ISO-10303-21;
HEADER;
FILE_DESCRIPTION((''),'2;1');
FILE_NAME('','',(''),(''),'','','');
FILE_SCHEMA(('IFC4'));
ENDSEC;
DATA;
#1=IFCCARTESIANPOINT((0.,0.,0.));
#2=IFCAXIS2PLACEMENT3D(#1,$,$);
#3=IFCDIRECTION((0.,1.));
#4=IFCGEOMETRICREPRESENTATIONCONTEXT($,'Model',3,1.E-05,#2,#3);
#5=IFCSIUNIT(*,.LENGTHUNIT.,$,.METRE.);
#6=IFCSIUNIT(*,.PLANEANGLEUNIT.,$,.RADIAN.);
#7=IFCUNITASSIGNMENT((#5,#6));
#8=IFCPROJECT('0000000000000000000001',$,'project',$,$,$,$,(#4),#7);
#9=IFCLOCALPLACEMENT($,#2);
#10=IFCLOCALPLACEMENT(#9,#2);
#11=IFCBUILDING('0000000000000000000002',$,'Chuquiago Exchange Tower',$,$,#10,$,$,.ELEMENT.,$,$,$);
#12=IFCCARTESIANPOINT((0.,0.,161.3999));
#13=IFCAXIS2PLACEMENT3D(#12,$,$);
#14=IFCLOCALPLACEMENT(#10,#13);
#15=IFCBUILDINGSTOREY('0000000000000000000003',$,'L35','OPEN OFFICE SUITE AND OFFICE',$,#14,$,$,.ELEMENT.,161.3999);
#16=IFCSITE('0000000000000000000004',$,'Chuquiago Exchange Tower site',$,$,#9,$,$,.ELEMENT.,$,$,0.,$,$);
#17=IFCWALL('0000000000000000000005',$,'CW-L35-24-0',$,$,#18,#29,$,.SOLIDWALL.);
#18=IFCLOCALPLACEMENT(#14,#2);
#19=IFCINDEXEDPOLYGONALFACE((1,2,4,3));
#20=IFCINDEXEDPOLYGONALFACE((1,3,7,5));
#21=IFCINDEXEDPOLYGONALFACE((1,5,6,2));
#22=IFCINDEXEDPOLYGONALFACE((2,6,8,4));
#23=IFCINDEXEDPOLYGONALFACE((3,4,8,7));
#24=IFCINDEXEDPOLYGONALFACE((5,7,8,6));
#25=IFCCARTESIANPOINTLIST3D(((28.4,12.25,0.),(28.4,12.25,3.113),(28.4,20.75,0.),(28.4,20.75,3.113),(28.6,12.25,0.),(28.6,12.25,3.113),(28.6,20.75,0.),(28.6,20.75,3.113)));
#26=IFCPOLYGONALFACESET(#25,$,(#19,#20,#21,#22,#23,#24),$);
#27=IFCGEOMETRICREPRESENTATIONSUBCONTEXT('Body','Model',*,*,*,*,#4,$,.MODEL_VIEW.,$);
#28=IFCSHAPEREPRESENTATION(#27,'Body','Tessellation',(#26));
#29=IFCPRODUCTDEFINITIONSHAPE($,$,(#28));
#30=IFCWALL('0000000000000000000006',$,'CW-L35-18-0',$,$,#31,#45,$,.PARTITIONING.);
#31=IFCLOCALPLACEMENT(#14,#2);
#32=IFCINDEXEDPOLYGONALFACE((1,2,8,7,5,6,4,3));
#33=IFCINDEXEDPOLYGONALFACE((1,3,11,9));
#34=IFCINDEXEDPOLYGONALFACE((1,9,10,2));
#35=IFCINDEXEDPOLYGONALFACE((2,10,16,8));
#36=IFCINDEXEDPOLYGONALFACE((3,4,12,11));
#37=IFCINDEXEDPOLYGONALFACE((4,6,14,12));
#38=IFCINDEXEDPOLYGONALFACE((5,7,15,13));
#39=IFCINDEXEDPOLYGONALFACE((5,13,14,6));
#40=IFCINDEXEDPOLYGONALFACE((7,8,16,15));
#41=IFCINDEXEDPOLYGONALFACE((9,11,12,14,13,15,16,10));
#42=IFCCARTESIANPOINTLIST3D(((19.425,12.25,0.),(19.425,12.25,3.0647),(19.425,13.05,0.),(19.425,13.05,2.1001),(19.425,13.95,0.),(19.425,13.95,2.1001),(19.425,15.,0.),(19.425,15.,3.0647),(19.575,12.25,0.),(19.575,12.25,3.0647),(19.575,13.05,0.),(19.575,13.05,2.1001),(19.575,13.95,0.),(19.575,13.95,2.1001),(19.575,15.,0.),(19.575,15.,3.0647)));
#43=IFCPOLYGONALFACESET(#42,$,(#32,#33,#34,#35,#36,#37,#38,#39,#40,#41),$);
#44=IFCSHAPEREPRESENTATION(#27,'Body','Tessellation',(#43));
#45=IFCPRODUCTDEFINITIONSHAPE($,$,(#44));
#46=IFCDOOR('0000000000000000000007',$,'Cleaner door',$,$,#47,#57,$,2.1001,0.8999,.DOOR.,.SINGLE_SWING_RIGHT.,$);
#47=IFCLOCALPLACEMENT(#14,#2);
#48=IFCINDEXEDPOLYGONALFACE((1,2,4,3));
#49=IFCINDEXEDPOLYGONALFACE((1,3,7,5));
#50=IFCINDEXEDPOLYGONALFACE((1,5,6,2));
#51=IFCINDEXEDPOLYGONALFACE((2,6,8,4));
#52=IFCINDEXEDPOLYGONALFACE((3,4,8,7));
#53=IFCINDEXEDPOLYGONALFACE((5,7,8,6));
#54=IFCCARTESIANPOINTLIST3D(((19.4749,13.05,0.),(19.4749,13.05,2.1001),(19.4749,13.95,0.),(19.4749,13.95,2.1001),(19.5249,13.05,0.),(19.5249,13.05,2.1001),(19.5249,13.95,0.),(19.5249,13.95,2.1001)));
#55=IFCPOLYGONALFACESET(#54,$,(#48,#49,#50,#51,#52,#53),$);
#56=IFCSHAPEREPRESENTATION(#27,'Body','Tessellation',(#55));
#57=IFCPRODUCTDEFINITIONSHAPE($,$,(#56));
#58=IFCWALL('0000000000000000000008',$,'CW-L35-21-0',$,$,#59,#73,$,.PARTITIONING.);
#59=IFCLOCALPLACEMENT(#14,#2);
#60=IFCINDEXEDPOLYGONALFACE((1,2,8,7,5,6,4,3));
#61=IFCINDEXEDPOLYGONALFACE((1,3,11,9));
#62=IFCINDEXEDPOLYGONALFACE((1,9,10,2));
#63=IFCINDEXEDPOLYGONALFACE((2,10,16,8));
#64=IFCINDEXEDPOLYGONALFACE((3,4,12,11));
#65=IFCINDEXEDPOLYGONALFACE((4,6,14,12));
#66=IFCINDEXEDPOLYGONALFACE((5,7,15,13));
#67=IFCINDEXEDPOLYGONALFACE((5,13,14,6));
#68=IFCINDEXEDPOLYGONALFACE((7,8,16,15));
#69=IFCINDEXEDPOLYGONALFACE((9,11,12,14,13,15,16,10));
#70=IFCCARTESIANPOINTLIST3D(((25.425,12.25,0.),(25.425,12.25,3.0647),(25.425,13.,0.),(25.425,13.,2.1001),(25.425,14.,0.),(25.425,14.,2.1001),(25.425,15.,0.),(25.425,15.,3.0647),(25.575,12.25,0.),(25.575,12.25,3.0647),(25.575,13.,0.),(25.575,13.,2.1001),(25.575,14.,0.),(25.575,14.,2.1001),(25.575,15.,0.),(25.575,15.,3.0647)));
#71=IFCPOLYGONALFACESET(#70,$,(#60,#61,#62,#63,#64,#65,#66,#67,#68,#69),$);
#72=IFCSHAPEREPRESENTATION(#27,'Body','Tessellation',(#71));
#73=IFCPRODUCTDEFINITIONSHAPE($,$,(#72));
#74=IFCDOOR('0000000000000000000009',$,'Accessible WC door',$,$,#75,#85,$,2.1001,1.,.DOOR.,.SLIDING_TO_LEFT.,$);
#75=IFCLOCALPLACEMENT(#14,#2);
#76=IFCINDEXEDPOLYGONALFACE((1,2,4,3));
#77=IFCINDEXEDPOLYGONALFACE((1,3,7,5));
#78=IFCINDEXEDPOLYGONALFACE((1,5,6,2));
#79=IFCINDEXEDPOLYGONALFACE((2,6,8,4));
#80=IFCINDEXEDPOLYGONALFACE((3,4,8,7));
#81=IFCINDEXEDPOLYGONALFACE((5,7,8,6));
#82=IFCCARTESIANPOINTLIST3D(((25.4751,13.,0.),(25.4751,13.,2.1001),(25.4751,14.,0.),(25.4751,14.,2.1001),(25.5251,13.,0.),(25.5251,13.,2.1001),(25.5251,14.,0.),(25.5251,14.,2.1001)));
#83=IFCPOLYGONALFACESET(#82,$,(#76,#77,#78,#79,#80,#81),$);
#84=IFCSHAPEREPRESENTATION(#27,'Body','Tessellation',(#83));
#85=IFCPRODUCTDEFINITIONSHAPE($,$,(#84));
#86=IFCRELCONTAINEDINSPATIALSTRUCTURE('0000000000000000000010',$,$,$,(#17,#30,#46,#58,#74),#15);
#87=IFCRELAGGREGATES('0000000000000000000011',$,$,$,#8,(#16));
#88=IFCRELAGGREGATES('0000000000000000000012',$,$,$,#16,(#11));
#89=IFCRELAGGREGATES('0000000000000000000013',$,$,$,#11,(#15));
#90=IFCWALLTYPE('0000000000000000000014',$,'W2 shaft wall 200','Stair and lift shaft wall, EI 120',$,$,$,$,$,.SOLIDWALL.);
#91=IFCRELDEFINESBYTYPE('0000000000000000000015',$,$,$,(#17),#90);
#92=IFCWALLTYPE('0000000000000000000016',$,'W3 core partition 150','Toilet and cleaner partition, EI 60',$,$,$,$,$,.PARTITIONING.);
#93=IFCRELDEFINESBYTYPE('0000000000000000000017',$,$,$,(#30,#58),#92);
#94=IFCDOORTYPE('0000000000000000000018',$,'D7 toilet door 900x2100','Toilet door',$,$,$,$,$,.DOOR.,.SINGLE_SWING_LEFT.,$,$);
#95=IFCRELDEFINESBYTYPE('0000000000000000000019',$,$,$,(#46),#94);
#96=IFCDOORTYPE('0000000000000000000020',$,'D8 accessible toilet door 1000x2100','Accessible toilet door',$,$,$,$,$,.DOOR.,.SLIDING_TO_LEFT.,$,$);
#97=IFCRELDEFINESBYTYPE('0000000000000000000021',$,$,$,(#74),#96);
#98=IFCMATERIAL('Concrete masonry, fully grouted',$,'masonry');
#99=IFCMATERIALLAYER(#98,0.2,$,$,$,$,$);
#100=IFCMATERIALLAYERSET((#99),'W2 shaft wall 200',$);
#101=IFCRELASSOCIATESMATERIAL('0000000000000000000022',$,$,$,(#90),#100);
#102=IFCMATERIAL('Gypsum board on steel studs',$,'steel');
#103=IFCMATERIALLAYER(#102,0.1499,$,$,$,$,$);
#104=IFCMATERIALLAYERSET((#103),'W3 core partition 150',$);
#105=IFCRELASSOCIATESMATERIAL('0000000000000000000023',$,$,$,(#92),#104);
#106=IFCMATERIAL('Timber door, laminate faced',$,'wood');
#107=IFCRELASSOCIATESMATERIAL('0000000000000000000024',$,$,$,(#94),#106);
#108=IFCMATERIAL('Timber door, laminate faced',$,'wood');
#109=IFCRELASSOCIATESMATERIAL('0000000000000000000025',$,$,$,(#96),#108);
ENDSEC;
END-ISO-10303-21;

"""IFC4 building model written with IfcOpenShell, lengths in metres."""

from ifc_helpers import new_model, si_unit, direction, frame, frame_2d, origin, place, context, subcontext, project, spatial, rectangle, extrude, material, layer, layer_set, type_object, element, fill, save


model = new_model("IFC4")

# Units and contexts
model_context = context("Model", 3, precision=1e-05, world=origin(), true_north=direction((0.0, 1.0)))
body_context = subcontext(model_context, "Body", "Model", "MODEL_VIEW")
ifc_project = project(units=[si_unit("LENGTHUNIT", "METRE"), si_unit("PLANEANGLEUNIT", "RADIAN")], contexts=[model_context])

# Site, building, storey
site_placement = place(None, origin())
site = spatial("IfcSite", under=ifc_project, at=site_placement, Name="Chuquiago Exchange Tower site", CompositionType="ELEMENT", RefElevation=0.0)
building_placement = place(site_placement, origin())
building = spatial("IfcBuilding", under=site, at=building_placement, Name="Chuquiago Exchange Tower", CompositionType="ELEMENT")
storey_placement = place(building_placement, frame((0.0, 0.0, 161.3999)))
storey = spatial("IfcBuildingStorey", under=building, at=storey_placement, Name="L35", Description="OPEN OFFICE SUITE AND OFFICE", CompositionType="ELEMENT", Elevation=161.3999)

# Shared definitions
ifc_material_1 = material(Name="Concrete masonry, fully grouted", Category="masonry")
ifc_layer_1 = layer(ifc_material_1, 0.2)
ifc_layer_set_1 = layer_set([ifc_layer_1], Name="W2 shaft wall 200")
wall_type_1 = type_object("IfcWallType", Name="W2 shaft wall 200", Description="Stair and lift shaft wall, EI 120", PredefinedType="SOLIDWALL", material=ifc_layer_set_1)

# Wall
wall_1_placement = place(storey_placement, frame((28.5, 12.25, 0.0), z_axis=(0.0, 0.0, 1.0), x_axis=(0.0, 1.0, 0.0)))
element("IfcWall", 1, at=wall_1_placement, inside=storey, type_object=wall_type_1, Name="CW-L35-24-0", PredefinedType="SOLIDWALL", context=body_context, shape_type="SweptSolid", body=[
    extrude(rectangle(XDim=8.5, YDim=0.2, at=frame_2d((4.25, 0.0))), origin(), (0.0, 0.0, 1.0), 3.113),
])

# Walls, openings, doors
ifc_material_2 = material(Name="Gypsum board on steel studs", Category="steel")
ifc_layer_2 = layer(ifc_material_2, 0.1499)
ifc_layer_set_2 = layer_set([ifc_layer_2], Name="W3 core partition 150")
wall_type_2 = type_object("IfcWallType", Name="W3 core partition 150", Description="Toilet and cleaner partition, EI 60", PredefinedType="PARTITIONING", material=ifc_layer_set_2)
wall_2_placement = place(storey_placement, frame((19.5, 12.25, 0.0), z_axis=(0.0, 0.0, 1.0), x_axis=(0.0, 1.0, 0.0)))
wall_2 = element("IfcWall", 2, at=wall_2_placement, inside=storey, type_object=wall_type_2, Name="CW-L35-18-0", PredefinedType="PARTITIONING", context=body_context, shape_type="SweptSolid", body=[
    extrude(rectangle(XDim=2.75, YDim=0.1499, at=frame_2d((1.375, 0.0))), origin(), (0.0, 0.0, 1.0), 3.0647),
])
opening_1_placement = place(wall_2_placement, frame((0.8, 0.0, 0.0)))
opening_1 = element("IfcOpeningElement", 3, at=opening_1_placement, cuts=wall_2, PredefinedType="OPENING", context=body_context, shape_type="SweptSolid", body=[
    extrude(rectangle(XDim=0.8999, YDim=2.1001, at=frame_2d((0.45, 1.05))), frame((0.0, 0.085, 0.0), z_axis=(0.0, -1.0, 0.0), x_axis=(1.0, 0.0, 0.0)), (0.0, 0.0, 1.0), 0.1699),
])
ifc_material_3 = material(Name="Timber door, laminate faced", Category="wood")
door_type_1 = type_object("IfcDoorType", Name="D7 toilet door 900x2100", Description="Toilet door", OperationType="SINGLE_SWING_LEFT", PredefinedType="DOOR", material=ifc_material_3)
door_1_placement = place(opening_1_placement, frame((0.8999, 0.0, 0.0), z_axis=(0.0, 0.0, 1.0), x_axis=(-1.0, 0.0, 0.0)))
door_1 = element("IfcDoor", 4, at=door_1_placement, inside=storey, type_object=door_type_1, Name="Cleaner door", OperationType="SINGLE_SWING_RIGHT", OverallHeight=2.1001, OverallWidth=0.8999, PredefinedType="DOOR", context=body_context, shape_type="SweptSolid", body=[
    extrude(rectangle(XDim=0.8999, YDim=2.1001, at=frame_2d((0.45, 1.05))), frame((0.0, 0.0249, 0.0), z_axis=(0.0, -1.0, 0.0), x_axis=(1.0, 0.0, 0.0)), (0.0, 0.0, 1.0), 0.05),
])
fill(opening_1, door_1)
wall_3_placement = place(storey_placement, frame((25.5, 12.25, 0.0), z_axis=(0.0, 0.0, 1.0), x_axis=(0.0, 1.0, 0.0)))
wall_3 = element("IfcWall", 5, at=wall_3_placement, inside=storey, type_object=wall_type_2, Name="CW-L35-21-0", PredefinedType="PARTITIONING", context=body_context, shape_type="SweptSolid", body=[
    extrude(rectangle(XDim=2.75, YDim=0.1499, at=frame_2d((1.375, 0.0))), origin(), (0.0, 0.0, 1.0), 3.0647),
])
opening_2_placement = place(wall_3_placement, frame((0.75, 0.0, 0.0)))
opening_2 = element("IfcOpeningElement", 6, at=opening_2_placement, cuts=wall_3, PredefinedType="OPENING", context=body_context, shape_type="SweptSolid", body=[
    extrude(rectangle(XDim=1.0, YDim=2.1001, at=frame_2d((0.5, 1.05))), frame((0.0, 0.085, 0.0), z_axis=(0.0, -1.0, 0.0), x_axis=(1.0, 0.0, 0.0)), (0.0, 0.0, 1.0), 0.1699),
])
ifc_material_4 = material(Name="Timber door, laminate faced", Category="wood")
door_type_2 = type_object("IfcDoorType", Name="D8 accessible toilet door 1000x2100", Description="Accessible toilet door", OperationType="SLIDING_TO_LEFT", PredefinedType="DOOR", material=ifc_material_4)
door_2_placement = place(opening_2_placement, origin())
door_2 = element("IfcDoor", 7, at=door_2_placement, inside=storey, type_object=door_type_2, Name="Accessible WC door", OperationType="SLIDING_TO_LEFT", OverallHeight=2.1001, OverallWidth=1.0, PredefinedType="DOOR", context=body_context, shape_type="SweptSolid", body=[
    extrude(rectangle(XDim=1.0, YDim=2.1001, at=frame_2d((0.5, 1.05))), frame((0.0, 0.0249, 0.0), z_axis=(0.0, -1.0, 0.0), x_axis=(1.0, 0.0, 0.0)), (0.0, 0.0, 1.0), 0.05),
])
fill(opening_2, door_2)

save(model, "model.ifc")
